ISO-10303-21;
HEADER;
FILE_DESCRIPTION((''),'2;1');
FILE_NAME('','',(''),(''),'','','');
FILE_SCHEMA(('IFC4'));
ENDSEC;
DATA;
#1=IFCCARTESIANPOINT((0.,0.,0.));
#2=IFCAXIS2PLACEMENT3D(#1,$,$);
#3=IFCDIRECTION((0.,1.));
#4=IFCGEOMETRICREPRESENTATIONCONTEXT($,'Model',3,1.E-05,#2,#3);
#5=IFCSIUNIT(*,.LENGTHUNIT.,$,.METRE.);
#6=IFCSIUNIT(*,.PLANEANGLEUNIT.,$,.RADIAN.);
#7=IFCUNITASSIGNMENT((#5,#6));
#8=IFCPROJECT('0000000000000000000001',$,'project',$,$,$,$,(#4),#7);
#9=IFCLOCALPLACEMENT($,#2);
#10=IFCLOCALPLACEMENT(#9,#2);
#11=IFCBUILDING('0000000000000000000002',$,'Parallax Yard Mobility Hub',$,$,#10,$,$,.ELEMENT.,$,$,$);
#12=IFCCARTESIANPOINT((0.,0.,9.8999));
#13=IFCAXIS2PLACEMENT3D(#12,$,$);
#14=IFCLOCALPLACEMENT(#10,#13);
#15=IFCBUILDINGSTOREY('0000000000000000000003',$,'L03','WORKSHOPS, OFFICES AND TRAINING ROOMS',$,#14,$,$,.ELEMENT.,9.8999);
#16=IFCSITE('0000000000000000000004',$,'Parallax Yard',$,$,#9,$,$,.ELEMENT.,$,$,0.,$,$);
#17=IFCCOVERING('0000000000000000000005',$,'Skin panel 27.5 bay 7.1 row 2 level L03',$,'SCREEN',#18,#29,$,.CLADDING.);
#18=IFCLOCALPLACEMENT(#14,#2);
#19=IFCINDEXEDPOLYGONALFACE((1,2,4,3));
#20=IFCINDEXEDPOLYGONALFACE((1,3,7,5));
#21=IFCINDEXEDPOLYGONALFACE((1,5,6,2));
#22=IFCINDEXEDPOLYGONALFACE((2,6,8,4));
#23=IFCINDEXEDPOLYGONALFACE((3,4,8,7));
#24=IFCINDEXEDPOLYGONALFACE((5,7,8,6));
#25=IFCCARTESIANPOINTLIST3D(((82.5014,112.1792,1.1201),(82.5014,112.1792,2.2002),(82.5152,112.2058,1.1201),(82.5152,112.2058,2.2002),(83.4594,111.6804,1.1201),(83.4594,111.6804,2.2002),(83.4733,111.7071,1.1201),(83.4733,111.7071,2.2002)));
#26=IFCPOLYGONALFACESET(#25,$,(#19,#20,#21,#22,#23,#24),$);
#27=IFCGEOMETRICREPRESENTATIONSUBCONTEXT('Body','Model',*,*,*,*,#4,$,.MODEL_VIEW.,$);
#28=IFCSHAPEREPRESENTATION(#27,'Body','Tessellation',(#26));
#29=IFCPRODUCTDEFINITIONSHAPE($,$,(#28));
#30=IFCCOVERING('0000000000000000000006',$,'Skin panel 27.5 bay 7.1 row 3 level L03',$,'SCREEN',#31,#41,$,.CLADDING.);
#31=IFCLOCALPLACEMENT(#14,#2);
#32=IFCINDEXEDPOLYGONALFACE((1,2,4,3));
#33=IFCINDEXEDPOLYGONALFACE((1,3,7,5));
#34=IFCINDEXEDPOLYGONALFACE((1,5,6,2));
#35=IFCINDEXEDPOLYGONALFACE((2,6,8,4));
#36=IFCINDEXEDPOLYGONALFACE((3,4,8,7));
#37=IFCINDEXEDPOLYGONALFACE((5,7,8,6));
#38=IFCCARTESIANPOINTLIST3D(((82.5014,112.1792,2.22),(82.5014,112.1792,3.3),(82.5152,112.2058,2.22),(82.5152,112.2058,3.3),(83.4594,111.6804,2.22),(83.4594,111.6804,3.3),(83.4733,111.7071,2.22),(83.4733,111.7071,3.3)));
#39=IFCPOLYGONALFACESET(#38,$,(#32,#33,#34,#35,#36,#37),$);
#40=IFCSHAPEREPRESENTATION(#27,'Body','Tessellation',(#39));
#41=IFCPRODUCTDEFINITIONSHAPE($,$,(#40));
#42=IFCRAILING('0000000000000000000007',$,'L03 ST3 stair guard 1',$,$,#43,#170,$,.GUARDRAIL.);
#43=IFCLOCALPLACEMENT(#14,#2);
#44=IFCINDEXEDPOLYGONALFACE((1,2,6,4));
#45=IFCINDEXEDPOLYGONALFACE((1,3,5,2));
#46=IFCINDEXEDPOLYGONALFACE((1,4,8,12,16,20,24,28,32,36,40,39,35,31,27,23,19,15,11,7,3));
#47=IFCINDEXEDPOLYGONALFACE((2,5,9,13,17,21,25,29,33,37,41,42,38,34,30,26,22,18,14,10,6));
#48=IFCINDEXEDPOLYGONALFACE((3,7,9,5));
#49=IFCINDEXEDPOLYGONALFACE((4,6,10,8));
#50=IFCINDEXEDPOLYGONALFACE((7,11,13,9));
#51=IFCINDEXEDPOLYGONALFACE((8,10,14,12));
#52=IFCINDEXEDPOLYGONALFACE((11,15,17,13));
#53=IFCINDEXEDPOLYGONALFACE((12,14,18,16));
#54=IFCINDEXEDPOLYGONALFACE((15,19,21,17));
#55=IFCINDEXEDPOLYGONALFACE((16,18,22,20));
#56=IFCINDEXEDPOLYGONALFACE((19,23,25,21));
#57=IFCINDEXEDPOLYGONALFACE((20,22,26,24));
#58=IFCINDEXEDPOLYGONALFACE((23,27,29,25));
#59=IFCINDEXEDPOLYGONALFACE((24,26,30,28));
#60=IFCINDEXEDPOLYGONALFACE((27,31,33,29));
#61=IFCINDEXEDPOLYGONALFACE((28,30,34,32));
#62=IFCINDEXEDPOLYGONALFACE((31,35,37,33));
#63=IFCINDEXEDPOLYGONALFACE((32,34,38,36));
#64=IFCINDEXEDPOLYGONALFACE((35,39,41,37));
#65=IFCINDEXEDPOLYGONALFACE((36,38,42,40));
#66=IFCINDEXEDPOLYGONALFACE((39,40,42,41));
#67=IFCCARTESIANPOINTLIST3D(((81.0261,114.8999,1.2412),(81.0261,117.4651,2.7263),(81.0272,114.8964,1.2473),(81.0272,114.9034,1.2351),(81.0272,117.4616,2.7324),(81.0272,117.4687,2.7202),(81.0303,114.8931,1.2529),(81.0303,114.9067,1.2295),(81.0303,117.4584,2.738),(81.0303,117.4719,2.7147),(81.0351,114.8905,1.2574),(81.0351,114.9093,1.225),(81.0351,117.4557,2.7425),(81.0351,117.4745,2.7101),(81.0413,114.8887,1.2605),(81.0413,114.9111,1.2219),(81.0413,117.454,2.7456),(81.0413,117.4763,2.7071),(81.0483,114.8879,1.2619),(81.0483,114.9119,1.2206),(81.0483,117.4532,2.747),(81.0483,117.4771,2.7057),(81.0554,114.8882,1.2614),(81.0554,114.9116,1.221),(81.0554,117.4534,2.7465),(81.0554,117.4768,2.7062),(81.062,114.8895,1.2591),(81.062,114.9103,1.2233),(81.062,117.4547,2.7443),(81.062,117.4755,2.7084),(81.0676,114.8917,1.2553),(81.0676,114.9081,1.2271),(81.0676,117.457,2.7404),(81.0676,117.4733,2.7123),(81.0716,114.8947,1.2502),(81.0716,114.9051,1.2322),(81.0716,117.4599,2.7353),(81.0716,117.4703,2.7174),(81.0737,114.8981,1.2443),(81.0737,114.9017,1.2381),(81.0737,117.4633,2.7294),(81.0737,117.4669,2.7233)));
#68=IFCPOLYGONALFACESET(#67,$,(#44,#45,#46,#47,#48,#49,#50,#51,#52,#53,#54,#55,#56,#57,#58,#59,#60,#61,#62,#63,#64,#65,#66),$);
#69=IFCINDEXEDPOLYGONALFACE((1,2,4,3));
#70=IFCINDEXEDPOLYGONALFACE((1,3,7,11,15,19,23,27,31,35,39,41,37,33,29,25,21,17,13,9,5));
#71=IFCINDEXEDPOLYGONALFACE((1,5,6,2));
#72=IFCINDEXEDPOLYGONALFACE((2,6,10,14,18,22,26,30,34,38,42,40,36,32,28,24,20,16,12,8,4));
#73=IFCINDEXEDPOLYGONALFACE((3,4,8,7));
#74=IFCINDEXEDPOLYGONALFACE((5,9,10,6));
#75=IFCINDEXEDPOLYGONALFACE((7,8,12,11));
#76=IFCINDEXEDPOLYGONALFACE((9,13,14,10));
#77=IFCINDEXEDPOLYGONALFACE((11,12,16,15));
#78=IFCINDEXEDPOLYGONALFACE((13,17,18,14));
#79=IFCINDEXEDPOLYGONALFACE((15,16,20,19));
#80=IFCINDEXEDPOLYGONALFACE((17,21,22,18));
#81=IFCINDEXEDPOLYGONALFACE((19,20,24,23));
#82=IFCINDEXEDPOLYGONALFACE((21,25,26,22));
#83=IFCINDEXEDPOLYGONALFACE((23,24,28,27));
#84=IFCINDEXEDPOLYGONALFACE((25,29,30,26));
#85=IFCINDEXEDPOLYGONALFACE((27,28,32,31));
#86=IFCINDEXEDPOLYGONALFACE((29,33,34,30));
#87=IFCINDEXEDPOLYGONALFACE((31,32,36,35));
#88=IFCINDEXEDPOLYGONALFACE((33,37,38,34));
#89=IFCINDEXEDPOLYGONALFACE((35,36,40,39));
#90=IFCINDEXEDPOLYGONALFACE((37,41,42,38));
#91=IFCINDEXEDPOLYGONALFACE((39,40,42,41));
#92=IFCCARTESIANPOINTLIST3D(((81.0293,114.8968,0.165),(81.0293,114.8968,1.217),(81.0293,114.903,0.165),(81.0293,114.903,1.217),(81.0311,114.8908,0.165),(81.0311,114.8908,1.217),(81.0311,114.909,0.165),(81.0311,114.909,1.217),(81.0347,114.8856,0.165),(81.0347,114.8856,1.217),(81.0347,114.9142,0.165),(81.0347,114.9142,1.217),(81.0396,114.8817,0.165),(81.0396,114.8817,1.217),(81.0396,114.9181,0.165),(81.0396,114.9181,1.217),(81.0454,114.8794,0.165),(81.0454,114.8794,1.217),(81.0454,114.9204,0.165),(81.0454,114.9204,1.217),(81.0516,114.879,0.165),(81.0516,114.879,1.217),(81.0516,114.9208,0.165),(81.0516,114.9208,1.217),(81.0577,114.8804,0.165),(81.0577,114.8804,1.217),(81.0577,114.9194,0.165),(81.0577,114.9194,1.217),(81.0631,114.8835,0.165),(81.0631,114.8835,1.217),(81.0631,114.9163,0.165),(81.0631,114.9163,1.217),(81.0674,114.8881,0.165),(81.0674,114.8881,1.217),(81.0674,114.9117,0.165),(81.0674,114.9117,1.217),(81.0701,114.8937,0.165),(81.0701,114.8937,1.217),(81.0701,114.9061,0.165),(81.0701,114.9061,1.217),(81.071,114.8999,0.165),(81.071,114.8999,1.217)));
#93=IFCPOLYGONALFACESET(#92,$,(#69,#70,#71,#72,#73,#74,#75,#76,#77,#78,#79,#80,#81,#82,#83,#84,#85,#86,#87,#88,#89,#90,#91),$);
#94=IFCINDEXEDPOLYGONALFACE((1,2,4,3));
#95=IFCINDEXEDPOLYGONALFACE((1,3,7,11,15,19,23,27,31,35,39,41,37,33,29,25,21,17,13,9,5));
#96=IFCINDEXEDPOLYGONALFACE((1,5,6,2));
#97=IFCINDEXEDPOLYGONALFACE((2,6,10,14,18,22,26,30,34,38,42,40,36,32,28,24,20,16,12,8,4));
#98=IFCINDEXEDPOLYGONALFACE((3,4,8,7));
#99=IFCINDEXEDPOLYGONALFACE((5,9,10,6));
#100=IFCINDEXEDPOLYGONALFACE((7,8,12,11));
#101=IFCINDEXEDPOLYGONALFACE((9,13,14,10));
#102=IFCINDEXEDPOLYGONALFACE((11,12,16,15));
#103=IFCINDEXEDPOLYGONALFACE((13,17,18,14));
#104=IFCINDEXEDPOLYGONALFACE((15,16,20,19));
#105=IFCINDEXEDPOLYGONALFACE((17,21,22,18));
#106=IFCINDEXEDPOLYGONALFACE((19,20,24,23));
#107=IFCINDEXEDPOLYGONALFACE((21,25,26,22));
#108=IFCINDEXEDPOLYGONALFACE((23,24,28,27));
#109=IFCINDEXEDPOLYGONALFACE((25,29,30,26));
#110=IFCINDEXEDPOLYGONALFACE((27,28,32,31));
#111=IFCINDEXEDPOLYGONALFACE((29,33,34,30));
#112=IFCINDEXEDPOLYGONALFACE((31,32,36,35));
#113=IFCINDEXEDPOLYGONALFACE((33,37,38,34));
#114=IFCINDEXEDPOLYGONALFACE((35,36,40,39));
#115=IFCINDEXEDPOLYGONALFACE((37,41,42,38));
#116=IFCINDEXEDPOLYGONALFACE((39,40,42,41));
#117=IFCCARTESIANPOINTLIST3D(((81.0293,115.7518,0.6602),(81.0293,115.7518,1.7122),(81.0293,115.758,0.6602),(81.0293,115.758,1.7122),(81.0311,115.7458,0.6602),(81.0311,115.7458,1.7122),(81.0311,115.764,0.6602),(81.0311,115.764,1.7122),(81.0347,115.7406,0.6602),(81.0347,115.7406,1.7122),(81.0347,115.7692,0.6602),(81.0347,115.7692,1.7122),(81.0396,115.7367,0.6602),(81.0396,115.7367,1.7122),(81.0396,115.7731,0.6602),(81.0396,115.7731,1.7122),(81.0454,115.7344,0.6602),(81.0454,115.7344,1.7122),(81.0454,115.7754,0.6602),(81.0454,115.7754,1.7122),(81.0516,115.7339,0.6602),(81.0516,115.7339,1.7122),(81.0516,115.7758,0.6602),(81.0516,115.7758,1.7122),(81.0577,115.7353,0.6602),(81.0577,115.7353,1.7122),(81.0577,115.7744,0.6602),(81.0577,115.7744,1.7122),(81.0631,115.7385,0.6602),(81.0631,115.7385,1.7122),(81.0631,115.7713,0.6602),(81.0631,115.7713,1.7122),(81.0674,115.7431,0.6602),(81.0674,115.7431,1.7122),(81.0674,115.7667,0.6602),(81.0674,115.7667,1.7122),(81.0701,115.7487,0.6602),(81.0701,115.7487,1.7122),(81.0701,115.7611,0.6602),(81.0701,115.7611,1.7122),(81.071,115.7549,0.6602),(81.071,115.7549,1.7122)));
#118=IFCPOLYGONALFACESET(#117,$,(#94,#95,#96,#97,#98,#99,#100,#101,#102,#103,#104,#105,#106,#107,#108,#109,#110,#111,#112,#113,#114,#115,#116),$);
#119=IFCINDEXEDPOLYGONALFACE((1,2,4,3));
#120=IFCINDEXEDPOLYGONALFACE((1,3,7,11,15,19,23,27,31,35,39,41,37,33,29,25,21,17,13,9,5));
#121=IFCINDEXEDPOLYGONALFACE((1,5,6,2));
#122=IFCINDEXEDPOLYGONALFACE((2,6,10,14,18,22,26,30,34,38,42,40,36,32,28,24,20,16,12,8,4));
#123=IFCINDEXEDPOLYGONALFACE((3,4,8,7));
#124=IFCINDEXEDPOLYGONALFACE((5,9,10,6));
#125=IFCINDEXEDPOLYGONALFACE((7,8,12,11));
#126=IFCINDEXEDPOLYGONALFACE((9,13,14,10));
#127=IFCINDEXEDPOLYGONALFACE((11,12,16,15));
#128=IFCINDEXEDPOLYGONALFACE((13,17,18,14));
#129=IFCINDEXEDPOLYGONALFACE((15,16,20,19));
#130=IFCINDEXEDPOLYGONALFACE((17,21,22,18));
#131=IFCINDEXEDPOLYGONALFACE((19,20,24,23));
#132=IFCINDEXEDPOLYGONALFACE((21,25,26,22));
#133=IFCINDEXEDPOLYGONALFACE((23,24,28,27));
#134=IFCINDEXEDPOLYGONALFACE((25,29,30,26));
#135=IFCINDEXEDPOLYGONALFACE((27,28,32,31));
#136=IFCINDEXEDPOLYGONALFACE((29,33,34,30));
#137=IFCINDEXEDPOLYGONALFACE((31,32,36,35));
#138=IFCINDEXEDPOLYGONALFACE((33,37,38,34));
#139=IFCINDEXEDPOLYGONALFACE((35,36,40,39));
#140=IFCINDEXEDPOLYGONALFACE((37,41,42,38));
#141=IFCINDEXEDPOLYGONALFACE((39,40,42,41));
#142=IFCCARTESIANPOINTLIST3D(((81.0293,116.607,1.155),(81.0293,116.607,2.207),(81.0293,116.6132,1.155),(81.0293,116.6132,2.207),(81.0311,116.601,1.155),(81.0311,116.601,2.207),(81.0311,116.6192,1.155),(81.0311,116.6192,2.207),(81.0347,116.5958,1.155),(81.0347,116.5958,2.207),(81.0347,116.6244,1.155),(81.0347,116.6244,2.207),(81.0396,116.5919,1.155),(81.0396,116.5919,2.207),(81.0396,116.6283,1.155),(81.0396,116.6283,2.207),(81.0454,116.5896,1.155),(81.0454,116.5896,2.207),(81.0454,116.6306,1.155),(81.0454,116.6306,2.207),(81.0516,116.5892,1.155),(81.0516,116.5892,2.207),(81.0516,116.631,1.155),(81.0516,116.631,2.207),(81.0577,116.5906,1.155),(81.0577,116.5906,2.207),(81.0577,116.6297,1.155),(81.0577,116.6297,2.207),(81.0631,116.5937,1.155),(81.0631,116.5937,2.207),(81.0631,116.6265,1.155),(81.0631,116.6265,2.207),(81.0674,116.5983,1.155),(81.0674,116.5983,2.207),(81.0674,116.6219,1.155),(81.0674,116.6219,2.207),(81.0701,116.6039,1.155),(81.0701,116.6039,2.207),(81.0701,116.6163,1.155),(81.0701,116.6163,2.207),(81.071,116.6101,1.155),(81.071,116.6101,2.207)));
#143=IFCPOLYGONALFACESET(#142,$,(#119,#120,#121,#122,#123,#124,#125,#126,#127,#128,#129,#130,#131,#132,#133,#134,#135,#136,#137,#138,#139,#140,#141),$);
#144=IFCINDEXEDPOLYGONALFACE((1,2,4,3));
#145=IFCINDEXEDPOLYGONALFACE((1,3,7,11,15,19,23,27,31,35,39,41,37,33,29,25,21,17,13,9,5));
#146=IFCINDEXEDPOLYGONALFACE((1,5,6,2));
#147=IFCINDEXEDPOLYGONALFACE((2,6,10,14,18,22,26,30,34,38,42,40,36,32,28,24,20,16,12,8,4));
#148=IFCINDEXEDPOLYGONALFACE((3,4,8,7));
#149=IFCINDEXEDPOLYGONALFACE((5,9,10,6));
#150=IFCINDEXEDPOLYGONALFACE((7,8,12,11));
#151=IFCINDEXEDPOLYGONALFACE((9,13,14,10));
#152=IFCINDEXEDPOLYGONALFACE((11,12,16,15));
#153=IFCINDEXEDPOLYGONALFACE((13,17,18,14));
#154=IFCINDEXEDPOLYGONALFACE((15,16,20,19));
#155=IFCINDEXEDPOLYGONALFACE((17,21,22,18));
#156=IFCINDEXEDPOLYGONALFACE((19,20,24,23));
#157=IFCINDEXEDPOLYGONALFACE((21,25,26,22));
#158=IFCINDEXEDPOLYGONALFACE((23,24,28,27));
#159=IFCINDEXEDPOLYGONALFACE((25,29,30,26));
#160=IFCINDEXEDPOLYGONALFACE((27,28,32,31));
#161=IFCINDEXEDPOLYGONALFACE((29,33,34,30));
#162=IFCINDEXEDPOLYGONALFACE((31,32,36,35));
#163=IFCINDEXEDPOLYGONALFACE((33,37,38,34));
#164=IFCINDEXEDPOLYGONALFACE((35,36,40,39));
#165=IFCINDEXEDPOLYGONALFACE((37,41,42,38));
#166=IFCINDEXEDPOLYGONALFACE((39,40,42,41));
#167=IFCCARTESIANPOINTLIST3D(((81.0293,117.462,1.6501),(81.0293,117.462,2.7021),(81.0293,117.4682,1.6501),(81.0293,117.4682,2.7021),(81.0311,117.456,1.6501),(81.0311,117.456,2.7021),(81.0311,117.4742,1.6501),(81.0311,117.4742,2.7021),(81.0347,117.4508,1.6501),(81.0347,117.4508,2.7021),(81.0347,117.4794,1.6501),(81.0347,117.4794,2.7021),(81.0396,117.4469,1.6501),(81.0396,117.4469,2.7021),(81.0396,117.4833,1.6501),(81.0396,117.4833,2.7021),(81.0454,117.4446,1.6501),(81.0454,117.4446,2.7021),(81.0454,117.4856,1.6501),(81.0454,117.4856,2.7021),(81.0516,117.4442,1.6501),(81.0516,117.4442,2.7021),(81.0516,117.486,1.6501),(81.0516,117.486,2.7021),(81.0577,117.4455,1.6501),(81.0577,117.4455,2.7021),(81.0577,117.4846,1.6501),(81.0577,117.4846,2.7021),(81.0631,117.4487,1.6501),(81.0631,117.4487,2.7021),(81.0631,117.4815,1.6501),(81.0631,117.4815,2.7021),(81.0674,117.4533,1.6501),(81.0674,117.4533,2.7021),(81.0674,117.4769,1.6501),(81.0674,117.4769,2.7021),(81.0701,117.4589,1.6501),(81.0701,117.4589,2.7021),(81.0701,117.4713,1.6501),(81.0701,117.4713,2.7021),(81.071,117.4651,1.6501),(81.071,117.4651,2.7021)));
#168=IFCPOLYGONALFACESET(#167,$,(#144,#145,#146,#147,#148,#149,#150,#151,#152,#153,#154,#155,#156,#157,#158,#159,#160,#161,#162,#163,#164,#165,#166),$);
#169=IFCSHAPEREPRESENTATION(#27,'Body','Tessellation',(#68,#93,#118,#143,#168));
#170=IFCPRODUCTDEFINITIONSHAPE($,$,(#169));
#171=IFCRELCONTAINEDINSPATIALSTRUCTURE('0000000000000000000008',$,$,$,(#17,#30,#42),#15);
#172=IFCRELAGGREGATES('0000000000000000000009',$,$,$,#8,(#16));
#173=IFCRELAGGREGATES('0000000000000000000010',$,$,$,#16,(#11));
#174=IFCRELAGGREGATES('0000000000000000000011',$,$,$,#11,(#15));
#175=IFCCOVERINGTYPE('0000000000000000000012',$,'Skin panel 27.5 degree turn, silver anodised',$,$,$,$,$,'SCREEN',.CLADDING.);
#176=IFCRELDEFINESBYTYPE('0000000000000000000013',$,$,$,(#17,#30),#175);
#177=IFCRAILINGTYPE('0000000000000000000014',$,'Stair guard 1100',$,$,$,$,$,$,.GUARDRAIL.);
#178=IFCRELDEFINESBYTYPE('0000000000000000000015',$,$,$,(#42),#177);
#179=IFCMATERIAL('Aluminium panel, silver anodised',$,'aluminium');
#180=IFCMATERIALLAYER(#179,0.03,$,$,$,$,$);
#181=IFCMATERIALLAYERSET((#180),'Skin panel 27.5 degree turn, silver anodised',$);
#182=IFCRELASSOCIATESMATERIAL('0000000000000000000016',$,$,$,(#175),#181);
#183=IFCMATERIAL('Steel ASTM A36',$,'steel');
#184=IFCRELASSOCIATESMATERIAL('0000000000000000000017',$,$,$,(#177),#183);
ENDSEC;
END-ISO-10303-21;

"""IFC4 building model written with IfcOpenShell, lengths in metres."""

from ifc_helpers import new_model, si_unit, direction, frame, origin, origin_2d, place, context, subcontext, project, spatial, rectangle, circle, extrude, material, layer, layer_set, type_object, element, save


model = new_model("IFC4")

# Units and contexts
model_context = context("Model", 3, precision=1e-05, world=origin(), true_north=direction((0.0, 1.0)))
body_context = subcontext(model_context, "Body", "Model", "MODEL_VIEW")
ifc_project = project(units=[si_unit("LENGTHUNIT", "METRE"), si_unit("PLANEANGLEUNIT", "RADIAN")], contexts=[model_context])

# Site, building, storey
site_placement = place(None, origin())
site = spatial("IfcSite", under=ifc_project, at=site_placement, Name="Parallax Yard", CompositionType="ELEMENT", RefElevation=0.0)
building_placement = place(site_placement, origin())
building = spatial("IfcBuilding", under=site, at=building_placement, Name="Parallax Yard Mobility Hub", CompositionType="ELEMENT")
storey_placement = place(building_placement, frame((0.0, 0.0, 9.8999)))
storey = spatial("IfcBuildingStorey", under=building, at=storey_placement, Name="L03", Description="WORKSHOPS, OFFICES AND TRAINING ROOMS", CompositionType="ELEMENT", Elevation=9.8999)

# Coverings
ifc_material_1 = material(Name="Aluminium panel, silver anodised", Category="aluminium")
ifc_layer_1 = layer(ifc_material_1, 0.03)
ifc_layer_set_1 = layer_set([ifc_layer_1], Name="Skin panel 27.5 degree turn, silver anodised")
covering_type_1 = type_object("IfcCoveringType", Name="Skin panel 27.5 degree turn, silver anodised", ElementType="SCREEN", PredefinedType="CLADDING", material=ifc_layer_set_1)
for number, where, z_axis, x_axis, name in (
    (1, (82.9873, 111.9431, 1.1201), (0.0, 0.0, 1.0), (0.887011, -0.461749, 0.0), "Skin panel 27.5 bay 7.1 row 2 level L03"),
    (2, (82.9873, 111.9431, 2.22), (0.0, 0.0, 1.0), (0.887011, -0.461749, 0.0), "Skin panel 27.5 bay 7.1 row 3 level L03"),
):
    element("IfcCovering", number, at=place(storey_placement, frame(where, z_axis=z_axis, x_axis=x_axis)), inside=storey, type_object=covering_type_1, Name=name, ObjectType="SCREEN", PredefinedType="CLADDING", context=body_context, shape_type="SweptSolid", body=[
        extrude(rectangle(XDim=1.0801, YDim=0.03, at=origin_2d()), origin(), (0.0, 0.0, 1.0), 1.0801),
    ])

# Railing
ifc_material_2 = material(Name="Steel ASTM A36", Category="steel")
railing_type_1 = type_object("IfcRailingType", Name="Stair guard 1100", PredefinedType="GUARDRAIL", material=ifc_material_2)
railing_1_placement = place(storey_placement, frame((81.05, 114.8999, 0.165)))
element("IfcRailing", 3, at=railing_1_placement, inside=storey, type_object=railing_type_1, Name="L03 ST3 stair guard 1", PredefinedType="GUARDRAIL", context=body_context, shape_type="SweptSolid", body=[
    extrude(circle(Radius=0.0239, at=origin_2d()), frame((0.0, 0.0, 1.0762), z_axis=(0.0, 0.865426, 0.501036), x_axis=(-1.0, 0.0, 0.0)), (0.0, 0.0, 1.0), 2.9641),
    extrude(circle(Radius=0.021, at=origin_2d()), origin(), (0.0, 0.0, 1.0), 1.052),
    extrude(circle(Radius=0.021, at=origin_2d()), frame((0.0, 0.855, 0.4951)), (0.0, 0.0, 1.0), 1.052),
    extrude(circle(Radius=0.021, at=origin_2d()), frame((0.0, 1.7102, 0.99)), (0.0, 0.0, 1.0), 1.052),
    extrude(circle(Radius=0.021, at=origin_2d()), frame((0.0, 2.5652, 1.4851)), (0.0, 0.0, 1.0), 1.052),
])

save(model, "model.ifc")
